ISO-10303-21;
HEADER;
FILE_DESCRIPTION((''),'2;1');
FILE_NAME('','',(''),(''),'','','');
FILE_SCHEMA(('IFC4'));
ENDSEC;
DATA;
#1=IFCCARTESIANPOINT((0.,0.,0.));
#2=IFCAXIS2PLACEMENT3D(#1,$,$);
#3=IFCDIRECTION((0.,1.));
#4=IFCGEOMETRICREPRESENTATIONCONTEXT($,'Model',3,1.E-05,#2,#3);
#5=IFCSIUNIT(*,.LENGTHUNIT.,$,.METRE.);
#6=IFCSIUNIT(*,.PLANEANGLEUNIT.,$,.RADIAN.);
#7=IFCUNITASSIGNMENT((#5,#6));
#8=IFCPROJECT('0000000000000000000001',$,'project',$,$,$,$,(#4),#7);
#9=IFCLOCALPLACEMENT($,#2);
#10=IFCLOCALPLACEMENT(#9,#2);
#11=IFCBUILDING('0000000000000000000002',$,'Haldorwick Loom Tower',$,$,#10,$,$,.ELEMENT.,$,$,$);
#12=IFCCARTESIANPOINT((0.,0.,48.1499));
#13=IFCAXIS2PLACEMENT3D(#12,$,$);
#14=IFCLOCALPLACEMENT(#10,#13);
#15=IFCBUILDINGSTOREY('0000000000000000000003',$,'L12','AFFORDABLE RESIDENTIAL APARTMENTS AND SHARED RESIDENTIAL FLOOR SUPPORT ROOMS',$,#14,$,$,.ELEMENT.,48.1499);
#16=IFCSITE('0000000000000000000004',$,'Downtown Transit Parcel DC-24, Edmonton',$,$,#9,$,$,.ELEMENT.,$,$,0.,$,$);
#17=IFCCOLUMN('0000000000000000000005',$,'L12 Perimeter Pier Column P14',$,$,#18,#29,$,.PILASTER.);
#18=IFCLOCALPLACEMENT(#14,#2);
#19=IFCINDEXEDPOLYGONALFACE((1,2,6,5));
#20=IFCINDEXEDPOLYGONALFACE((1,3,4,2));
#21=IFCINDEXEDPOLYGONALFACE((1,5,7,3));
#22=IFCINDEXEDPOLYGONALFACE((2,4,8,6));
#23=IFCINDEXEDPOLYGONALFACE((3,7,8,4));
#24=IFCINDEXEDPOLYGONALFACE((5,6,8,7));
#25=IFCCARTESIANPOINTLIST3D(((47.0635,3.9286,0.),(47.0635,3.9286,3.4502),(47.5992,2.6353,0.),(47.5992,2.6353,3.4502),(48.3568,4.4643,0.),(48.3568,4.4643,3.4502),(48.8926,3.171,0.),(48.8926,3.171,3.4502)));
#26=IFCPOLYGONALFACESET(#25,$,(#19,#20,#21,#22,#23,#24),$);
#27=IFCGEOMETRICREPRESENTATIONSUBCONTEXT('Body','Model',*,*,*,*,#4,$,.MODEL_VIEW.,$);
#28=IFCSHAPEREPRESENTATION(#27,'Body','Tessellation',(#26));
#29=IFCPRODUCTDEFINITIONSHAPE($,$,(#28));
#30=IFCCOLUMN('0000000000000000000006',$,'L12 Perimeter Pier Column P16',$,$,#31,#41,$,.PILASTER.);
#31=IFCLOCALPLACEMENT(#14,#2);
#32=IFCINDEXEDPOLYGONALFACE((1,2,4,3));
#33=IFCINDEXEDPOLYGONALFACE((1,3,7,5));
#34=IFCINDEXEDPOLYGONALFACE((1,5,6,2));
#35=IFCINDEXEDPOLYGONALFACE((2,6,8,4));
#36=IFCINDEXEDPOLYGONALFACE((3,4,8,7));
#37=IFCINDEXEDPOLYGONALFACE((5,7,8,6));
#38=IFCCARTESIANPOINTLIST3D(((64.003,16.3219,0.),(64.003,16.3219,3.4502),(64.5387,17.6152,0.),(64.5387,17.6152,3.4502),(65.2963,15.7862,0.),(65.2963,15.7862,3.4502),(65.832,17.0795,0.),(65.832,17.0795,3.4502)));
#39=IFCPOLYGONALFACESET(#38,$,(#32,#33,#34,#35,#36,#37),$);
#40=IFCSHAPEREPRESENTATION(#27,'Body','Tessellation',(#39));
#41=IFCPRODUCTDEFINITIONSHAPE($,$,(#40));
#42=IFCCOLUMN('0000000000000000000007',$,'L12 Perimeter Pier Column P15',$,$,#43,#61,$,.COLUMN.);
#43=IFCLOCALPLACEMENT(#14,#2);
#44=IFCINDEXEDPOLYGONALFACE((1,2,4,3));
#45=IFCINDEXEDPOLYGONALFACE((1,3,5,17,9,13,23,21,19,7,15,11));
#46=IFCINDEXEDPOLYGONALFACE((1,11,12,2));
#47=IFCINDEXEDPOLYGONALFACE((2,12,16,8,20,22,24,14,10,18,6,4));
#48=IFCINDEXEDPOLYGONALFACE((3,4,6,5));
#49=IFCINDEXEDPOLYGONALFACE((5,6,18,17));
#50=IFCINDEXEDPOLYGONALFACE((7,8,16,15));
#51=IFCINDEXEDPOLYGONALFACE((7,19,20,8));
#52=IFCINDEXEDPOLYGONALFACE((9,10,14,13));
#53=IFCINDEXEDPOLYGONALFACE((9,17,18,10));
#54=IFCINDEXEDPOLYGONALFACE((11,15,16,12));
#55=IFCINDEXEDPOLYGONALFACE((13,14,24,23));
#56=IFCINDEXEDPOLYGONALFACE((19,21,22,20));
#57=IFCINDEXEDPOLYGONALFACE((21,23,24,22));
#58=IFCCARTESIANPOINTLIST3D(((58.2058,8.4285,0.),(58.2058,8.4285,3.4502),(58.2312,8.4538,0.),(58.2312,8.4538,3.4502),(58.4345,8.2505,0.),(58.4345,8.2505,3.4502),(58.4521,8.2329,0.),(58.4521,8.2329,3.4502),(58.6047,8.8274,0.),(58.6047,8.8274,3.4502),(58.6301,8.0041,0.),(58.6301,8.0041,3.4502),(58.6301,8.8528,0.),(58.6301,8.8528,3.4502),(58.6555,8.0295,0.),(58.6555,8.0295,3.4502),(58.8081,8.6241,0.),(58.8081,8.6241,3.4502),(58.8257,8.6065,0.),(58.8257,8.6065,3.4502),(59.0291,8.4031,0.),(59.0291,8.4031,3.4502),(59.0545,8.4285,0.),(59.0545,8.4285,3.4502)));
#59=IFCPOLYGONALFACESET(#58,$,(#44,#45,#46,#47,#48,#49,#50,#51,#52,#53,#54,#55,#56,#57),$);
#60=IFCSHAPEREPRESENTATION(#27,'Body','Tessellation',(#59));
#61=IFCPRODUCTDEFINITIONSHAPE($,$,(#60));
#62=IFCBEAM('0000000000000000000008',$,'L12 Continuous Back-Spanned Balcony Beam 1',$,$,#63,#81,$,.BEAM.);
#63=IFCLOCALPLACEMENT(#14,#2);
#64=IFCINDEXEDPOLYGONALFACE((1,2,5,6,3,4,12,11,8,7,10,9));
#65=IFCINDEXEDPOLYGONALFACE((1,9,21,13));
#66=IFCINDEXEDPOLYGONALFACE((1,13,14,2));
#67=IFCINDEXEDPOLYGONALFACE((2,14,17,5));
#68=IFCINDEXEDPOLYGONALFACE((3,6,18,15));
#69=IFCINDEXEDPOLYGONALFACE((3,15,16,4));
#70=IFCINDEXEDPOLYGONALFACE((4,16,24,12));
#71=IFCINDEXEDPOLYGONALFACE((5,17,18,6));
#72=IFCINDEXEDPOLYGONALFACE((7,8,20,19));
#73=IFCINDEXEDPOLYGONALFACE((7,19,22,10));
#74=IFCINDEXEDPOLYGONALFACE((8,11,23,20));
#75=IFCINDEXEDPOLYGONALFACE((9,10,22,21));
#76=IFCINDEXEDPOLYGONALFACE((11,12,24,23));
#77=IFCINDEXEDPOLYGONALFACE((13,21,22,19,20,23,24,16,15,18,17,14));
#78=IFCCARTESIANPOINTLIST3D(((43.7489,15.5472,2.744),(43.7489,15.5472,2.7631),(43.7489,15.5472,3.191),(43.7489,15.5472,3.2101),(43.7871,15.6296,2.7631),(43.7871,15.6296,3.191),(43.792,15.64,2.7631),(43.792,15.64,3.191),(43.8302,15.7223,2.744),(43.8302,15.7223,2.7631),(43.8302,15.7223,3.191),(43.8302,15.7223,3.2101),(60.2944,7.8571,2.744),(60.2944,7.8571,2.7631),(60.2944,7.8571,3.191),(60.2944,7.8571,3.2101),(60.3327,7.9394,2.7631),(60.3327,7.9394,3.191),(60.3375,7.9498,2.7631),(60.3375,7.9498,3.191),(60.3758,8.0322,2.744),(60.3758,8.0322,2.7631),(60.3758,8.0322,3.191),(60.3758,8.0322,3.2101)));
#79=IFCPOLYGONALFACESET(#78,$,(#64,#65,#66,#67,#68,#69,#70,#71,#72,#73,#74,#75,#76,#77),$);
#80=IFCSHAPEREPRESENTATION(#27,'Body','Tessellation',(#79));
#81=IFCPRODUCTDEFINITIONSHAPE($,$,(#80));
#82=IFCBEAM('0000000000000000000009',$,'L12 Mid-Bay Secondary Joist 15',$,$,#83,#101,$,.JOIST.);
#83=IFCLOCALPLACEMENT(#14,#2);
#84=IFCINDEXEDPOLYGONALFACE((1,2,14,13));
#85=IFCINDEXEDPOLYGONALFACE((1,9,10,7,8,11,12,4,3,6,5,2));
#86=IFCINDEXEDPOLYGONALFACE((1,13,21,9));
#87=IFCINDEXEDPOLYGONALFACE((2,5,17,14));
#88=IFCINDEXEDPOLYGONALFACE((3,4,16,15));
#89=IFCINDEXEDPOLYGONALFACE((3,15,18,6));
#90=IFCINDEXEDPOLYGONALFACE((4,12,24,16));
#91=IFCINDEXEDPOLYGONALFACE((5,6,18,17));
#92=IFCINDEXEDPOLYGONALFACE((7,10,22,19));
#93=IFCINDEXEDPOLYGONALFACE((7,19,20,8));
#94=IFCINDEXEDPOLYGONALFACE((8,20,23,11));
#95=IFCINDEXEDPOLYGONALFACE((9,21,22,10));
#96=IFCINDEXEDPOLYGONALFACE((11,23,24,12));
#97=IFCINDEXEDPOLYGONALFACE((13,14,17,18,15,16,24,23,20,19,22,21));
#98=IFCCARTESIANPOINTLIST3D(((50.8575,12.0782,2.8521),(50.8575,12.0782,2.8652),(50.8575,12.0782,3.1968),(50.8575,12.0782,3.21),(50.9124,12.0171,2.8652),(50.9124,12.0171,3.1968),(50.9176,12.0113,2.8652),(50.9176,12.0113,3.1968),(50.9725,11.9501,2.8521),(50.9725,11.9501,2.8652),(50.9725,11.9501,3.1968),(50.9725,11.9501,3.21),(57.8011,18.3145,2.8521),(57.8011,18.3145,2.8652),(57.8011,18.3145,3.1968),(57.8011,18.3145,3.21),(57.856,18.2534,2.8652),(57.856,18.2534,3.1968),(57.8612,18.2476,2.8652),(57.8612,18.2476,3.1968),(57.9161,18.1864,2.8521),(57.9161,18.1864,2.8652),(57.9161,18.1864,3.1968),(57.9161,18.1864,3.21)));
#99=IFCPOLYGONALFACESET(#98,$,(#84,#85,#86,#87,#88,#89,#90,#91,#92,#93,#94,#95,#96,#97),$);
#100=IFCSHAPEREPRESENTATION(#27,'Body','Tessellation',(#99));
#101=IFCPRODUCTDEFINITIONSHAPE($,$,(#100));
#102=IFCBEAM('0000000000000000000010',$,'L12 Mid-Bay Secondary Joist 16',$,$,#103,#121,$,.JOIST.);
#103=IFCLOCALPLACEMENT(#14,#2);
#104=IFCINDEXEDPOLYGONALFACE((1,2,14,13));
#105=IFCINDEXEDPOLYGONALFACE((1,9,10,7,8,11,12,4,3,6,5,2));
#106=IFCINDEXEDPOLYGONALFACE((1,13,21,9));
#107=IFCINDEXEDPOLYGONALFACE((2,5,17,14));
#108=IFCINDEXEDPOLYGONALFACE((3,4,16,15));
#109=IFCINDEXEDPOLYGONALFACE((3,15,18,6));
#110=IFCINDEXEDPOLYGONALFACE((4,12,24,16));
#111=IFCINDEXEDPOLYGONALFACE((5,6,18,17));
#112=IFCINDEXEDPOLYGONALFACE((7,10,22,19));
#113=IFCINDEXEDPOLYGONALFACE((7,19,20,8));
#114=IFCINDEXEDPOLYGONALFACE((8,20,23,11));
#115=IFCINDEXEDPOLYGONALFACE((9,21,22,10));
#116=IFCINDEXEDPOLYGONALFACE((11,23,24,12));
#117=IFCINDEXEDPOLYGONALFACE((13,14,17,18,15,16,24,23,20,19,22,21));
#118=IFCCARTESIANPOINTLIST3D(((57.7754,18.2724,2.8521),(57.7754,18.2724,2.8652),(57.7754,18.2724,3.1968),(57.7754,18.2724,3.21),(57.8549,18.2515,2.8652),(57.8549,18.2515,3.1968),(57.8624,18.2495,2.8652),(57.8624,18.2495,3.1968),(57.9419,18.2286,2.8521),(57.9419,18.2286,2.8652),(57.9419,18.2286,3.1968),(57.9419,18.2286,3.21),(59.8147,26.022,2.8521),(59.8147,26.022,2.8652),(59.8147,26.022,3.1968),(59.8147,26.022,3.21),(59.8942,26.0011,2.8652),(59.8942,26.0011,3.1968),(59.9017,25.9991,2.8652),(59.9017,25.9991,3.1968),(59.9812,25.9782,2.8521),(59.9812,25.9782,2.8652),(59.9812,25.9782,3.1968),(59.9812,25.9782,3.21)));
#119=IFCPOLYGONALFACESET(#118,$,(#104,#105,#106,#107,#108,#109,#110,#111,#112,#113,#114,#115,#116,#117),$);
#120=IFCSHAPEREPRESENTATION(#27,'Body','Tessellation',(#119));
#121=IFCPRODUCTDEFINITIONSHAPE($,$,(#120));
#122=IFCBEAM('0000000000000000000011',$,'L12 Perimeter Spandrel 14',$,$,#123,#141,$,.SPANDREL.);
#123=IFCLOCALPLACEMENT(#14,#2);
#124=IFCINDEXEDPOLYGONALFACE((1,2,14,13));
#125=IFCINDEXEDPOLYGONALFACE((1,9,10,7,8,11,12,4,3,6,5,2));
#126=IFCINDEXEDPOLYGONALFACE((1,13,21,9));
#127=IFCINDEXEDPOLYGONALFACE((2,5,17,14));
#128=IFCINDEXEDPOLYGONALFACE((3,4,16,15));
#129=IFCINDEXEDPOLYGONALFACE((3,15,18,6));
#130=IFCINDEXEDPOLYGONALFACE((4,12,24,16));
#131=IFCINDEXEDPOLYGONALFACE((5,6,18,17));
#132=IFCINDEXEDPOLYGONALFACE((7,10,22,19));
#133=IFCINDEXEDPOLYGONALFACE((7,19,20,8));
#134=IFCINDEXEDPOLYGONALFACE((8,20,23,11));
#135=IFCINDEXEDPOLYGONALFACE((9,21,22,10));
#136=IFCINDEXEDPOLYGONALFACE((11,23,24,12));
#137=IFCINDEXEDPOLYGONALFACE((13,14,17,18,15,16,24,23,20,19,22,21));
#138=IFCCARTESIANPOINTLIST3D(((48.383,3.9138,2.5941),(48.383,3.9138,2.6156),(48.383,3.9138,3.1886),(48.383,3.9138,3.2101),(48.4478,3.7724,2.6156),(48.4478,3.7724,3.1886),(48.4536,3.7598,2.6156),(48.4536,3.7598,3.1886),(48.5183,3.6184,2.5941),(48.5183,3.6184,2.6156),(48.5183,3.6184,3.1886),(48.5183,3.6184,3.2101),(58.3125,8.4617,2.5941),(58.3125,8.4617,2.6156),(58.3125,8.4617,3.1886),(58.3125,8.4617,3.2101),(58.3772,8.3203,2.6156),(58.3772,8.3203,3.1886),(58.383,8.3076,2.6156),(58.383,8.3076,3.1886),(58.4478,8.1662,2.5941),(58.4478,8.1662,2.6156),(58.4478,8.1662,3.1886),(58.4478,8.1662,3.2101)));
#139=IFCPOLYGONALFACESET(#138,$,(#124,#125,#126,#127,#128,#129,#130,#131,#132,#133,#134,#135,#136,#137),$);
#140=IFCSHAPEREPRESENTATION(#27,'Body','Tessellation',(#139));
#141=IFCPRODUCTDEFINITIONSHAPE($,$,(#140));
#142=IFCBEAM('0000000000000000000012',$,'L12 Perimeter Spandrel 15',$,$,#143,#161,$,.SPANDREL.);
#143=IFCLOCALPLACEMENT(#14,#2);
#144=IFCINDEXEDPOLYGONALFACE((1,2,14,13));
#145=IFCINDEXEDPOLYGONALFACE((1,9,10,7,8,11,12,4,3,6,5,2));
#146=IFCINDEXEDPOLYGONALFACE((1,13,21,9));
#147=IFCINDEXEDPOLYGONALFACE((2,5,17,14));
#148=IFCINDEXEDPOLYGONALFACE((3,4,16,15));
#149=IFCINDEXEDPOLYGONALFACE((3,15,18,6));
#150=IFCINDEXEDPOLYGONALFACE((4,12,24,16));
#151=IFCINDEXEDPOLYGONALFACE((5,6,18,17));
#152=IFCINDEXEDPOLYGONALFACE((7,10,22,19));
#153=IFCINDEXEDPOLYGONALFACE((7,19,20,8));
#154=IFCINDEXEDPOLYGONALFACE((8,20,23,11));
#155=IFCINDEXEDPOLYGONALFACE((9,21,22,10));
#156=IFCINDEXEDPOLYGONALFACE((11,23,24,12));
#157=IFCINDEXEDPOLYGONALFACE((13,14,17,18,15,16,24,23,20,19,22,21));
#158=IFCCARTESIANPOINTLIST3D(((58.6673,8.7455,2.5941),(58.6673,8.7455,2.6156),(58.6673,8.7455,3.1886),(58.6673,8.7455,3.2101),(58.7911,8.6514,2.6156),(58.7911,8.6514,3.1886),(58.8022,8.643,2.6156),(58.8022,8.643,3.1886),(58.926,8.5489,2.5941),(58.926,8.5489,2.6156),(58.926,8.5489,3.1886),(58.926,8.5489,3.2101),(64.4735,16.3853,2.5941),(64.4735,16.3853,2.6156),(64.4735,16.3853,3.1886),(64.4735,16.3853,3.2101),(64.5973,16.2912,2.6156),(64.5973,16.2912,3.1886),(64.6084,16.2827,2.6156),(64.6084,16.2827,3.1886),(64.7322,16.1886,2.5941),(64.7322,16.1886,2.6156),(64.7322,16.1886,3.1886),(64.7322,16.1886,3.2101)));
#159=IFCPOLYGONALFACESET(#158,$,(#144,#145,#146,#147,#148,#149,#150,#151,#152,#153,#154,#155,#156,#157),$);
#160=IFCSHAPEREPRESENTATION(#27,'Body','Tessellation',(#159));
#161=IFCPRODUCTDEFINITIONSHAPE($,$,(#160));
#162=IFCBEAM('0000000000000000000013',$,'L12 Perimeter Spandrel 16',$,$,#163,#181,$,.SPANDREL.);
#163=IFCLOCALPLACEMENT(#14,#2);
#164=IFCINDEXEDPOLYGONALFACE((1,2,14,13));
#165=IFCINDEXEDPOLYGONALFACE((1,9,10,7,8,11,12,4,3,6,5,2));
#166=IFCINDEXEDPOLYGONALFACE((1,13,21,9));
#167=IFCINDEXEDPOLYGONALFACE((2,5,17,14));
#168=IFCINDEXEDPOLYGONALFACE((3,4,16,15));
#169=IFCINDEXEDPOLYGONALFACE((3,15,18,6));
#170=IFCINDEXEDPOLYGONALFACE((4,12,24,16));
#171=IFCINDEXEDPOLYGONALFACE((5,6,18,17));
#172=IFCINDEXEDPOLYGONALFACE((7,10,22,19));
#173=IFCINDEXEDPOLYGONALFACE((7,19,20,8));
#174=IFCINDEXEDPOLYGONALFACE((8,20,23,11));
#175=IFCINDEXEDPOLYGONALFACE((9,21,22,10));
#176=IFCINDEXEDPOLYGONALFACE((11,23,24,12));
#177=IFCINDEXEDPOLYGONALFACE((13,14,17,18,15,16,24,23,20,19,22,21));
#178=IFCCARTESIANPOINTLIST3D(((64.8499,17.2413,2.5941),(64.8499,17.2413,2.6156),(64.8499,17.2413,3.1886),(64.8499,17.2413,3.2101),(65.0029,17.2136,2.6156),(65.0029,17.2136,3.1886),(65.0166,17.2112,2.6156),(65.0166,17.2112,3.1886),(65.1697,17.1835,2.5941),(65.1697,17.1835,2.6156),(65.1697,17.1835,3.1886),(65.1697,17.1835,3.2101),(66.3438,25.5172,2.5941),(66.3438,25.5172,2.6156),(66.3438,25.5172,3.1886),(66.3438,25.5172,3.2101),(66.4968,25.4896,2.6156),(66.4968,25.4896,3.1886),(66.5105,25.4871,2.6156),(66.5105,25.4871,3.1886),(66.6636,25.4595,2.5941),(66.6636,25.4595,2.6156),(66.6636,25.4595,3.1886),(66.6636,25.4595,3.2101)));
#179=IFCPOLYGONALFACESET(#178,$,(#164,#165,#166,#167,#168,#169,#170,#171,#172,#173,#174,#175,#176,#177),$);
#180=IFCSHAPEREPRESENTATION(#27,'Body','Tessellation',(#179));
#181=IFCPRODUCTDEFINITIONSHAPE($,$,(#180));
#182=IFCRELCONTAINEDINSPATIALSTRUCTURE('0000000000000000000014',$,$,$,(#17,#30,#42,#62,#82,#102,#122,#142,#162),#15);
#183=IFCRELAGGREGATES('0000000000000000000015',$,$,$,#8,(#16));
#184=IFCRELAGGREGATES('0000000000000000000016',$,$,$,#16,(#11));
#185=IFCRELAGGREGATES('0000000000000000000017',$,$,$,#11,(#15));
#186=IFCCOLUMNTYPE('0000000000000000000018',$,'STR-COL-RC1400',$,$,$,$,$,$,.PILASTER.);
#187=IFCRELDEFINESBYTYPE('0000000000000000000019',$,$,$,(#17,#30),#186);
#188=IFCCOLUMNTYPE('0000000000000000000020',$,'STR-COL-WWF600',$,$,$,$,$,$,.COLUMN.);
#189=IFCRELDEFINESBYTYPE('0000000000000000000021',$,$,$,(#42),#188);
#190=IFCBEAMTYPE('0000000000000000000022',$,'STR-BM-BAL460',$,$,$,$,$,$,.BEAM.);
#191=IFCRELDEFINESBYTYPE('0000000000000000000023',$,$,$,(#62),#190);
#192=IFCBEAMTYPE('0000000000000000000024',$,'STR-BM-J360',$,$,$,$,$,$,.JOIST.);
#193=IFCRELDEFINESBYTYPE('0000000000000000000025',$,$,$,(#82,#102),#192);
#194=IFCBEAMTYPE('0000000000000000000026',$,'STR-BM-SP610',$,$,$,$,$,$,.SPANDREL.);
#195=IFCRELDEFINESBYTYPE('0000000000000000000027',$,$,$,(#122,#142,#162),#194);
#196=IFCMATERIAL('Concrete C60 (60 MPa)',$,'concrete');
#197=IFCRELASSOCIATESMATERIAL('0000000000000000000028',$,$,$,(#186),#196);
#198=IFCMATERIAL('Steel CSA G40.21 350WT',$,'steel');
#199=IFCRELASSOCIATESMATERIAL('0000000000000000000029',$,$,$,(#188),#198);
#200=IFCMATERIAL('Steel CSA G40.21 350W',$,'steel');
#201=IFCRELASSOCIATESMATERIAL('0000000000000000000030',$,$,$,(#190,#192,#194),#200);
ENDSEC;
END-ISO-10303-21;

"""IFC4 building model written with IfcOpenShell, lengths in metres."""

from ifc_helpers import new_model, si_unit, direction, frame, origin, origin_2d, place, context, subcontext, project, spatial, rectangle, i_section, extrude, material, material_profile, profile_set, type_object, element, save


model = new_model("IFC4")

# Units and contexts
model_context = context("Model", 3, precision=1e-05, world=origin(), true_north=direction((0.0, 1.0)))
body_context = subcontext(model_context, "Body", "Model", "MODEL_VIEW")
ifc_project = project(units=[si_unit("LENGTHUNIT", "METRE"), si_unit("PLANEANGLEUNIT", "RADIAN")], contexts=[model_context])

# Site, building, storey
site_placement = place(None, origin())
site = spatial("IfcSite", under=ifc_project, at=site_placement, Name="Downtown Transit Parcel DC-24, Edmonton", CompositionType="ELEMENT", RefElevation=0.0)
building_placement = place(site_placement, origin())
building = spatial("IfcBuilding", under=site, at=building_placement, Name="Haldorwick Loom Tower", CompositionType="ELEMENT")
storey_placement = place(building_placement, frame((0.0, 0.0, 48.1499)))
storey = spatial("IfcBuildingStorey", under=building, at=storey_placement, Name="L12", Description="AFFORDABLE RESIDENTIAL APARTMENTS AND SHARED RESIDENTIAL FLOOR SUPPORT ROOMS", CompositionType="ELEMENT", Elevation=48.1499)

# Columns
ifc_material_1 = material(Name="Concrete C60 (60 MPa)", Category="concrete")
ifc_material_profile_1 = material_profile(ifc_material_1, rectangle(XDim=1.3999, YDim=1.3999, at=origin_2d()), Name="RC1400X1400", Category="concrete")
ifc_profile_set_1 = profile_set([ifc_material_profile_1], Name="Concrete C60 (60 MPa)")
column_type_1 = type_object("IfcColumnType", Name="STR-COL-RC1400", PredefinedType="PILASTER", material=ifc_profile_set_1)
for number, where, z_axis, x_axis, name in (
    (1, (47.978, 3.5498, 0.0), (0.0, 0.0, 1.0), (0.382683, -0.92388, 0.0), "L12 Perimeter Pier Column P14"),
    (2, (64.9175, 16.7007, 0.0), (0.0, 0.0, 1.0), (0.92388, -0.382683, 0.0), "L12 Perimeter Pier Column P16"),
):
    element("IfcColumn", number, at=place(storey_placement, frame(where, z_axis=z_axis, x_axis=x_axis)), inside=storey, type_object=column_type_1, Name=name, PredefinedType="PILASTER", context=body_context, shape_type="SweptSolid", body=[
        extrude(rectangle(XDim=1.3999, YDim=1.3999, at=origin_2d()), origin(), (0.0, 0.0, 1.0), 3.4502),
    ])
ifc_material_2 = material(Name="Steel CSA G40.21 350WT", Category="steel")
ifc_material_profile_2 = material_profile(ifc_material_2, i_section(OverallWidth=0.6001, OverallDepth=0.6001, WebThickness=0.0249, FlangeThickness=0.0359, at=origin_2d()), Name="WWF600X600", Category="steel")
ifc_profile_set_2 = profile_set([ifc_material_profile_2], Name="Steel CSA G40.21 350WT")
column_type_2 = type_object("IfcColumnType", Name="STR-COL-WWF600", PredefinedType="COLUMN", material=ifc_profile_set_2)
column_placement = place(storey_placement, frame((58.6301, 8.4285, 0.0), z_axis=(0.0, 0.0, 1.0), x_axis=(0.707107, -0.707107, 0.0)))
element("IfcColumn", 3, at=column_placement, inside=storey, type_object=column_type_2, Name="L12 Perimeter Pier Column P15", PredefinedType="COLUMN", context=body_context, shape_type="SweptSolid", body=[
    extrude(i_section(OverallWidth=0.6001, OverallDepth=0.6001, WebThickness=0.0249, FlangeThickness=0.0359, at=origin_2d()), origin(), (0.0, 0.0, 1.0), 3.4502),
])

# Beams
ifc_material_3 = material(Name="Steel CSA G40.21 350W", Category="steel")
ifc_material_profile_3 = material_profile(ifc_material_3, i_section(OverallWidth=0.1931, OverallDepth=0.4661, WebThickness=0.0115, FlangeThickness=0.019, at=origin_2d()), Name="W460X97", Category="steel")
ifc_profile_set_3 = profile_set([ifc_material_profile_3], Name="Steel CSA G40.21 350W")
beam_type_1 = type_object("IfcBeamType", Name="STR-BM-BAL460", PredefinedType="BEAM", material=ifc_profile_set_3)
beam_1_placement = place(storey_placement, frame((43.7896, 15.6348, 2.9771), z_axis=(0.906836, -0.421484, 0.0), x_axis=(0.421484, 0.906836, 0.0)))
element("IfcBeam", 4, at=beam_1_placement, inside=storey, type_object=beam_type_1, Name="L12 Continuous Back-Spanned Balcony Beam 1", PredefinedType="BEAM", context=body_context, shape_type="SweptSolid", body=[
    extrude(i_section(OverallWidth=0.1931, OverallDepth=0.4661, WebThickness=0.0115, FlangeThickness=0.019, at=origin_2d()), origin(), (0.0, 0.0, 1.0), 18.2454),
])
ifc_material_profile_4 = material_profile(ifc_material_3, i_section(OverallWidth=0.1721, OverallDepth=0.3579, WebThickness=0.0078, FlangeThickness=0.0132, at=origin_2d()), Name="W360X57", Category="steel")
ifc_profile_set_4 = profile_set([ifc_material_profile_4], Name="Steel CSA G40.21 350W")
beam_type_2 = type_object("IfcBeamType", Name="STR-BM-J360", PredefinedType="JOIST", material=ifc_profile_set_4)
beam_2_placement = place(storey_placement, frame((50.915, 12.0142, 3.031), z_axis=(0.743982, 0.6682, 0.0), x_axis=(-0.6682, 0.743982, 0.0)))
element("IfcBeam", 5, at=beam_2_placement, inside=storey, type_object=beam_type_2, Name="L12 Mid-Bay Secondary Joist 15", PredefinedType="JOIST", context=body_context, shape_type="SweptSolid", body=[
    extrude(i_section(OverallWidth=0.1721, OverallDepth=0.3579, WebThickness=0.0078, FlangeThickness=0.0132, at=origin_2d()), origin(), (0.0, 0.0, 1.0), 9.333),
])
beam_3_placement = place(storey_placement, frame((57.8586, 18.2505, 3.031), z_axis=(0.254489, 0.967076, 0.0), x_axis=(-0.967076, 0.254489, 0.0)))
element("IfcBeam", 6, at=beam_3_placement, inside=storey, type_object=beam_type_2, Name="L12 Mid-Bay Secondary Joist 16", PredefinedType="JOIST", context=body_context, shape_type="SweptSolid", body=[
    extrude(i_section(OverallWidth=0.1721, OverallDepth=0.3579, WebThickness=0.0078, FlangeThickness=0.0132, at=origin_2d()), origin(), (0.0, 0.0, 1.0), 8.0134),
])
ifc_material_profile_5 = material_profile(ifc_material_3, i_section(OverallWidth=0.325, OverallDepth=0.616, WebThickness=0.0139, FlangeThickness=0.0215, at=origin_2d()), Name="W610X174", Category="steel")
ifc_profile_set_5 = profile_set([ifc_material_profile_5], Name="Steel CSA G40.21 350W")
beam_type_3 = type_object("IfcBeamType", Name="STR-BM-SP610", PredefinedType="SPANDREL", material=ifc_profile_set_5)
beam_4_placement = place(storey_placement, frame((48.4507, 3.7661, 2.9021), z_axis=(0.909174, 0.416417, 0.0), x_axis=(-0.416417, 0.909174, 0.0)))
element("IfcBeam", 7, at=beam_4_placement, inside=storey, type_object=beam_type_3, Name="L12 Perimeter Spandrel 14", PredefinedType="SPANDREL", context=body_context, shape_type="SweptSolid", body=[
    extrude(i_section(OverallWidth=0.325, OverallDepth=0.616, WebThickness=0.0139, FlangeThickness=0.0215, at=origin_2d()), origin(), (0.0, 0.0, 1.0), 10.9214),
])
beam_5_placement = place(storey_placement, frame((58.7966, 8.6472, 2.9021), z_axis=(0.605085, 0.796161, 0.0), x_axis=(-0.796161, 0.605085, 0.0)))
element("IfcBeam", 8, at=beam_5_placement, inside=storey, type_object=beam_type_3, Name="L12 Perimeter Spandrel 15", PredefinedType="SPANDREL", context=body_context, shape_type="SweptSolid", body=[
    extrude(i_section(OverallWidth=0.325, OverallDepth=0.616, WebThickness=0.0139, FlangeThickness=0.0215, at=origin_2d()), origin(), (0.0, 0.0, 1.0), 9.5957),
])
beam_6_placement = place(storey_placement, frame((65.0098, 17.2124, 2.9021), z_axis=(0.177641, 0.984095, 0.0), x_axis=(-0.984095, 0.177641, 0.0)))
element("IfcBeam", 9, at=beam_6_placement, inside=storey, type_object=beam_type_3, Name="L12 Perimeter Spandrel 16", PredefinedType="SPANDREL", context=body_context, shape_type="SweptSolid", body=[
    extrude(i_section(OverallWidth=0.325, OverallDepth=0.616, WebThickness=0.0139, FlangeThickness=0.0215, at=origin_2d()), origin(), (0.0, 0.0, 1.0), 8.4097),
])

save(model, "model.ifc")
